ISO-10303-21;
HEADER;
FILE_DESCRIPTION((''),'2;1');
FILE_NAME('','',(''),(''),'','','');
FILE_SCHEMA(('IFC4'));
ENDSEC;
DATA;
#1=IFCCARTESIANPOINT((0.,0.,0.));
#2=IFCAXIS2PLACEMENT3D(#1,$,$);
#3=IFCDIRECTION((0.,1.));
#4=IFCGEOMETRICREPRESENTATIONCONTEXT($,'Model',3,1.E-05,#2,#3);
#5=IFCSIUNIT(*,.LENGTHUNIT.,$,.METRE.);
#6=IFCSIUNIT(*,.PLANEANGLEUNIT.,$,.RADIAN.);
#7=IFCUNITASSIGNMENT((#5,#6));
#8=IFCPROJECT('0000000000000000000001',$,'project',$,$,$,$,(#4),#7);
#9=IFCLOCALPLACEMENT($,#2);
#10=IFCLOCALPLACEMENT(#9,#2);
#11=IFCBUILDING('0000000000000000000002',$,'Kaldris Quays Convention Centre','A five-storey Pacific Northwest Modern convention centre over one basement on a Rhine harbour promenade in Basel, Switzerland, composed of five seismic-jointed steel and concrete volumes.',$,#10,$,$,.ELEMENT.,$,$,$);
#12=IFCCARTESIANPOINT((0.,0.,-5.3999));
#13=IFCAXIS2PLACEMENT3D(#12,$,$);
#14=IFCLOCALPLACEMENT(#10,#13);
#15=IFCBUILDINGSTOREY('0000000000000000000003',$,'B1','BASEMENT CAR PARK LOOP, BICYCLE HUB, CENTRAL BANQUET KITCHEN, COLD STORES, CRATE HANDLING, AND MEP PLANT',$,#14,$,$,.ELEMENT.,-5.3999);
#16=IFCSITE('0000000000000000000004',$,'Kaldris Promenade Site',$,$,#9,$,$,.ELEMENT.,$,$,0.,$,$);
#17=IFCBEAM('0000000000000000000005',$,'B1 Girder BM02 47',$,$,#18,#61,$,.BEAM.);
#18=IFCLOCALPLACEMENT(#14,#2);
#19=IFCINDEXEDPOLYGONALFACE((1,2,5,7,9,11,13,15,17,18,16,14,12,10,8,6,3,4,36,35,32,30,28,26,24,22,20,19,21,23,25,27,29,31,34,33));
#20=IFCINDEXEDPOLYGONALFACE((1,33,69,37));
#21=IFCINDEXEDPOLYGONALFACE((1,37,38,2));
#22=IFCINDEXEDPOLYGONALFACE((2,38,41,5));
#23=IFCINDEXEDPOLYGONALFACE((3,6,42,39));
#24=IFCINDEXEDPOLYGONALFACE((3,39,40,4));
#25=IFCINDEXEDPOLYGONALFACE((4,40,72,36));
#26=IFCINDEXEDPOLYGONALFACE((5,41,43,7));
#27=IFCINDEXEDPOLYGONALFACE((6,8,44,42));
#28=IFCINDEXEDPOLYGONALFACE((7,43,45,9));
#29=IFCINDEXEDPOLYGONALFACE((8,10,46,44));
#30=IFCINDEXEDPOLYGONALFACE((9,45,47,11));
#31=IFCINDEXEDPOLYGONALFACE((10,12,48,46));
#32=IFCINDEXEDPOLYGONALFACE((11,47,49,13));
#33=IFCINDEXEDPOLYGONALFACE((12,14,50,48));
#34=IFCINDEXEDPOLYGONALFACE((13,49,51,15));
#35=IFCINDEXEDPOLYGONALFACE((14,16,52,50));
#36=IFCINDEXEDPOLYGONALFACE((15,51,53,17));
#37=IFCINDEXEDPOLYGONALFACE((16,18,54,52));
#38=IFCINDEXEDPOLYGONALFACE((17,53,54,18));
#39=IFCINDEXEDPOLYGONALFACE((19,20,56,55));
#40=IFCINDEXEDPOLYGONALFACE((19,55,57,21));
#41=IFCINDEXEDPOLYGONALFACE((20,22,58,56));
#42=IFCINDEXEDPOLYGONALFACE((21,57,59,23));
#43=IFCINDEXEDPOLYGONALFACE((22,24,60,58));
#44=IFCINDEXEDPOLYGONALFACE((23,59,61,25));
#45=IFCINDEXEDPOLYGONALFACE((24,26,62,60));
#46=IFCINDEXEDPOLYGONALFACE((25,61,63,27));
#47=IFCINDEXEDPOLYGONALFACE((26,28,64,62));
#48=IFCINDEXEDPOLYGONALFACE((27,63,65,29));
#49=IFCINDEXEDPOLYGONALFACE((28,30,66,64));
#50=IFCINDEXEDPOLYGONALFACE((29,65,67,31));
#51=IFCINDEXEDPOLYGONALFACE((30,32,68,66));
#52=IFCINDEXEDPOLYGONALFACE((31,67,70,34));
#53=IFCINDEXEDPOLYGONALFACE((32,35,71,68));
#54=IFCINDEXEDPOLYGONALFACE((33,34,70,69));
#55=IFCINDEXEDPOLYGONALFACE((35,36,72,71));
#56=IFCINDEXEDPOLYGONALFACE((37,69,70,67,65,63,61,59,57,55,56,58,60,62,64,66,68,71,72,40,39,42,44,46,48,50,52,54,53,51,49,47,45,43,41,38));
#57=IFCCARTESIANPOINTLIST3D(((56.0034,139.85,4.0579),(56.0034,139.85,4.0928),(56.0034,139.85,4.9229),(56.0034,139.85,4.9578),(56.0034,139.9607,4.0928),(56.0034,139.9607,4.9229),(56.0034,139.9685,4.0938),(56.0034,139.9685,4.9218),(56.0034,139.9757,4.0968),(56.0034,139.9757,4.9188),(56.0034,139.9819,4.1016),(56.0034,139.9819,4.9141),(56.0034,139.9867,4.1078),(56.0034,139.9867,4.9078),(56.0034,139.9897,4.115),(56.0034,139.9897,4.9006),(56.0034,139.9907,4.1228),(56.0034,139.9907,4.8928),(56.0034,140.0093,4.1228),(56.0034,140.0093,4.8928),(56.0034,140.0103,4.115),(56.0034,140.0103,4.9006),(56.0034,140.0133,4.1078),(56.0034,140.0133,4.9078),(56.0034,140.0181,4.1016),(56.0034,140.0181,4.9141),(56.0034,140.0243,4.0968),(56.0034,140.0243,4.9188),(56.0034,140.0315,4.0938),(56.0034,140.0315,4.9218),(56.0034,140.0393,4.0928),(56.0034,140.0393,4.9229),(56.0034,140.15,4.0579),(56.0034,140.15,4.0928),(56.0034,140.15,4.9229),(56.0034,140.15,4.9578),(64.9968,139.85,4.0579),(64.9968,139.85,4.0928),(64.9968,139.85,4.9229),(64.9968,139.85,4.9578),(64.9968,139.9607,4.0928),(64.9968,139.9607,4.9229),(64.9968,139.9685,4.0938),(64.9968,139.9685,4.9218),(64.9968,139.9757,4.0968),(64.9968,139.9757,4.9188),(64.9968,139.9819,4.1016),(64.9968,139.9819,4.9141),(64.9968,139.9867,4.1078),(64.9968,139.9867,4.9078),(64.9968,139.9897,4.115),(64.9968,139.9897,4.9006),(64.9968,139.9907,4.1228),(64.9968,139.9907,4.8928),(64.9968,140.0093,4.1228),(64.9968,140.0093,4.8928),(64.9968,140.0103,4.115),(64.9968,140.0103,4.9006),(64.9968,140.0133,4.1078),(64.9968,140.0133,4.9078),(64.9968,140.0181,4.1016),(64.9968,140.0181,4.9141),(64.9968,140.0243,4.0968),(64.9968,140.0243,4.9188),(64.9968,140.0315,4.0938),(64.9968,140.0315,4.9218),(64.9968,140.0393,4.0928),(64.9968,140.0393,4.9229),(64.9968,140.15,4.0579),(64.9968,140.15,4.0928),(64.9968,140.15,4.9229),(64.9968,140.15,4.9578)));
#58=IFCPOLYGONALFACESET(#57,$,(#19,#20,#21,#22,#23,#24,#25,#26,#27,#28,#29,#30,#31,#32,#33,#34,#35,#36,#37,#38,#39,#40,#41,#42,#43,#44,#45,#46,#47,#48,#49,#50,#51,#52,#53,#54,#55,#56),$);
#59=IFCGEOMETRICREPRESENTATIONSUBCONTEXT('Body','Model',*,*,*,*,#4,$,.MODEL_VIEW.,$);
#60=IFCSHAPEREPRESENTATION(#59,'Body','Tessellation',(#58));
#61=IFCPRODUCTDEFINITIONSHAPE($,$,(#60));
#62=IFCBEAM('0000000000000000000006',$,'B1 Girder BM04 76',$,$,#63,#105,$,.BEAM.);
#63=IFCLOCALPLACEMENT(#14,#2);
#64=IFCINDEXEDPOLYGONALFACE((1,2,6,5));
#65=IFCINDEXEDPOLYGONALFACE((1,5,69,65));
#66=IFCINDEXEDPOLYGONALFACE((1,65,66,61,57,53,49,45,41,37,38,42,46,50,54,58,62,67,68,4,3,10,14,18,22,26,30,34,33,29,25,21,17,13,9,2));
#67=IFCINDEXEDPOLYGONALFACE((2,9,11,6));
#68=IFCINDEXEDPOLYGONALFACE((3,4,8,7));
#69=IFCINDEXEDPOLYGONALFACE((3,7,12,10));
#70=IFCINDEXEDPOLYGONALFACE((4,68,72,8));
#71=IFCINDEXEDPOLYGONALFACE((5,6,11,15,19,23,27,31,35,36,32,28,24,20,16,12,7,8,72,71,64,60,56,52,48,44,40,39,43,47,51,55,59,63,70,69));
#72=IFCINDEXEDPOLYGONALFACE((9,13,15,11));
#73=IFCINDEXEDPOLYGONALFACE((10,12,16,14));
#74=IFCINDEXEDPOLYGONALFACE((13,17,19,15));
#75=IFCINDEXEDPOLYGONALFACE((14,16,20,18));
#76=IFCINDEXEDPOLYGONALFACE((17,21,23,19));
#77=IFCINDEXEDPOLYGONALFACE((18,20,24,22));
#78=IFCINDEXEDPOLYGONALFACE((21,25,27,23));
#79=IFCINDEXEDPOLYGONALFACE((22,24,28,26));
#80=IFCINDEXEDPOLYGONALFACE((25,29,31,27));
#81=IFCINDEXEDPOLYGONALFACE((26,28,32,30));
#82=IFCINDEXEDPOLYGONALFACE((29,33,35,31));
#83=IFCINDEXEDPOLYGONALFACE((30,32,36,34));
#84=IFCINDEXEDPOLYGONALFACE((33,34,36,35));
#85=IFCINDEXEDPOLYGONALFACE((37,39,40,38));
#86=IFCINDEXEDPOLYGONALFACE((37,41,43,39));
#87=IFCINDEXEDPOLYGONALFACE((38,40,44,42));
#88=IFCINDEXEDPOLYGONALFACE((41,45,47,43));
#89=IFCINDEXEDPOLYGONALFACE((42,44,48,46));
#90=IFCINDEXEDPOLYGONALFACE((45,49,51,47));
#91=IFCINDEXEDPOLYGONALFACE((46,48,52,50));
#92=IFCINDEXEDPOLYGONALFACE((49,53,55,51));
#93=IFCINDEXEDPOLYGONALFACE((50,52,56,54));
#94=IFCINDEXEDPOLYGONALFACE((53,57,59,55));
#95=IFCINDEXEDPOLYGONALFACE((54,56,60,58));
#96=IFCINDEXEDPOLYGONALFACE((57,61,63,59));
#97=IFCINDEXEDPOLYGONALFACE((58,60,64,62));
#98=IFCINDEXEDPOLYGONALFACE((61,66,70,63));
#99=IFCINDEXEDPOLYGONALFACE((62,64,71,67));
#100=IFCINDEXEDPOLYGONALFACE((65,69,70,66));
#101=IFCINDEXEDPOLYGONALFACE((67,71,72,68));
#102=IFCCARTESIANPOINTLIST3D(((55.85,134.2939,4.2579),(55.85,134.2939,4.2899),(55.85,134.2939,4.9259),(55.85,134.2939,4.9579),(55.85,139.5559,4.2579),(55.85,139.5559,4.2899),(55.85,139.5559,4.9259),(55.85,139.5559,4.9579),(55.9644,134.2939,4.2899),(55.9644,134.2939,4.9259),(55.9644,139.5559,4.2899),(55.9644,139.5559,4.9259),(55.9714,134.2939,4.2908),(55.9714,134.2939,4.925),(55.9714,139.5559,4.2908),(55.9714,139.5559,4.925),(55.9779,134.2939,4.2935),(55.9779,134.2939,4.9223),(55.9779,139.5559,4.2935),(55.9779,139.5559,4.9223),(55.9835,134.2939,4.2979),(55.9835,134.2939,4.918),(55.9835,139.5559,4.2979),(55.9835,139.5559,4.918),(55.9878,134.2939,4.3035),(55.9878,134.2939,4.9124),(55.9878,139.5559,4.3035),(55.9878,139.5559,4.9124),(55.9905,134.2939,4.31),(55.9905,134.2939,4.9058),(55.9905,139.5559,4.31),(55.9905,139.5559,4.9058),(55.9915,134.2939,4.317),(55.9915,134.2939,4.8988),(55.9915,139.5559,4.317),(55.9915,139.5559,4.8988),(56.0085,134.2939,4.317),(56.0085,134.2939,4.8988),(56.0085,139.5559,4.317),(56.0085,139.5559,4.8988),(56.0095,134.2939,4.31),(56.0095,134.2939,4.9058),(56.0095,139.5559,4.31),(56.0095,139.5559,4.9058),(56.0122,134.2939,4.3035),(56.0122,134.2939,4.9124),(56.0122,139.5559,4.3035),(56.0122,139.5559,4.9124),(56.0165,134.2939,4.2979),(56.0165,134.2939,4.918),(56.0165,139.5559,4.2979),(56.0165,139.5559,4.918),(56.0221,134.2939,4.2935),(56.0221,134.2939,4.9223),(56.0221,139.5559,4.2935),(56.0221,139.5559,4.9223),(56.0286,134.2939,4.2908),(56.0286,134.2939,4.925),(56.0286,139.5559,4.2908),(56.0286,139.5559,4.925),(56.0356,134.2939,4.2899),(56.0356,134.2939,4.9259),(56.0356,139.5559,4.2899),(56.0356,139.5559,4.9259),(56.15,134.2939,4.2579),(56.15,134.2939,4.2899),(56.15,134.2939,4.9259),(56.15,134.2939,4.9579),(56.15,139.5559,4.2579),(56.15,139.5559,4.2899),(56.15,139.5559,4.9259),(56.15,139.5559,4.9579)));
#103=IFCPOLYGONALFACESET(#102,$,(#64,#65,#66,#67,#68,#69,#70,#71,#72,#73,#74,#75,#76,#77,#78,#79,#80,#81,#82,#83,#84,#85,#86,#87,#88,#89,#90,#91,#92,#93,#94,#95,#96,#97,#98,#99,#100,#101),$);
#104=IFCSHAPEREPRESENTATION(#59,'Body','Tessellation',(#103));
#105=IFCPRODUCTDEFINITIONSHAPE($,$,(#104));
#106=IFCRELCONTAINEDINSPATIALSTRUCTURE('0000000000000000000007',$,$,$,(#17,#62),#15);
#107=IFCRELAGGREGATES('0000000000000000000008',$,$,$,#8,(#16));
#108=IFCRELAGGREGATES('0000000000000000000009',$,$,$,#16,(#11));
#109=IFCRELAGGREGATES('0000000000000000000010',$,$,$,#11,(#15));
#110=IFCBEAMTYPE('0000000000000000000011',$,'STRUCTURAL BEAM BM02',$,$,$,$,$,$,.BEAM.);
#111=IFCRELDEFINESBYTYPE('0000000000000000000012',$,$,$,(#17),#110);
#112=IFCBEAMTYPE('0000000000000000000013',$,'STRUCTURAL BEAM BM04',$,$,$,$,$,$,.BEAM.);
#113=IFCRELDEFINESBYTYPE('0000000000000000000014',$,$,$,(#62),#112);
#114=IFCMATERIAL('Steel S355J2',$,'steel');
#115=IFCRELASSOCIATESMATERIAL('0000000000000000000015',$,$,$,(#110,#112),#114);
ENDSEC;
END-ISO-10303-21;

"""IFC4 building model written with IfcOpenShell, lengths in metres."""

from ifc_helpers import new_model, si_unit, direction, frame, origin, origin_2d, place, context, subcontext, project, spatial, i_section, extrude, material, material_profile, profile_set, type_object, element, save


model = new_model("IFC4")

# Units and contexts
model_context = context("Model", 3, precision=1e-05, world=origin(), true_north=direction((0.0, 1.0)))
body_context = subcontext(model_context, "Body", "Model", "MODEL_VIEW")
ifc_project = project(units=[si_unit("LENGTHUNIT", "METRE"), si_unit("PLANEANGLEUNIT", "RADIAN")], contexts=[model_context])

# Site, building, storey
site_placement = place(None, origin())
site = spatial("IfcSite", under=ifc_project, at=site_placement, Name="Kaldris Promenade Site", CompositionType="ELEMENT", RefElevation=0.0)
building_placement = place(site_placement, origin())
building = spatial("IfcBuilding", under=site, at=building_placement, Name="Kaldris Quays Convention Centre", Description="A five-storey Pacific Northwest Modern convention centre over one basement on a Rhine harbour promenade in Basel, Switzerland, composed of five seismic-jointed steel and concrete volumes.", CompositionType="ELEMENT")
storey_placement = place(building_placement, frame((0.0, 0.0, -5.3999)))
storey = spatial("IfcBuildingStorey", under=building, at=storey_placement, Name="B1", Description="BASEMENT CAR PARK LOOP, BICYCLE HUB, CENTRAL BANQUET KITCHEN, COLD STORES, CRATE HANDLING, AND MEP PLANT", CompositionType="ELEMENT", Elevation=-5.3999)

# Shared definitions
ifc_material_1 = material(Name="Steel S355J2", Category="steel")

# Beams
ifc_material_profile_1 = material_profile(ifc_material_1, i_section(OverallWidth=0.3, OverallDepth=0.8999, WebThickness=0.0186, FlangeThickness=0.0349, FilletRadius=0.03, at=origin_2d()), Name="HEB 900")
ifc_profile_set_1 = profile_set([ifc_material_profile_1], Name="Steel S355J2")
beam_type_1 = type_object("IfcBeamType", Name="STRUCTURAL BEAM BM02", PredefinedType="BEAM", material=ifc_profile_set_1)
beam_1_placement = place(storey_placement, frame((56.0034, 140.0, 4.5078), z_axis=(1.0, 0.0, 0.0), x_axis=(0.0, 1.0, 0.0)))
element("IfcBeam", 1, at=beam_1_placement, inside=storey, type_object=beam_type_1, Name="B1 Girder BM02 47", PredefinedType="BEAM", context=body_context, shape_type="SweptSolid", body=[
    extrude(i_section(OverallWidth=0.3, OverallDepth=0.8999, WebThickness=0.0186, FlangeThickness=0.0349, FilletRadius=0.03, at=origin_2d()), origin(), (0.0, 0.0, 1.0), 8.9934),
])
ifc_material_profile_2 = material_profile(ifc_material_1, i_section(OverallWidth=0.3, OverallDepth=0.7, WebThickness=0.0171, FlangeThickness=0.032, FilletRadius=0.0271, at=origin_2d()), Name="HEB 700")
ifc_profile_set_2 = profile_set([ifc_material_profile_2], Name="Steel S355J2")
beam_type_2 = type_object("IfcBeamType", Name="STRUCTURAL BEAM BM04", PredefinedType="BEAM", material=ifc_profile_set_2)
beam_2_placement = place(storey_placement, frame((56.0, 134.2939, 4.6079), z_axis=(0.0, 1.0, 0.0), x_axis=(-1.0, 0.0, 0.0)))
element("IfcBeam", 2, at=beam_2_placement, inside=storey, type_object=beam_type_2, Name="B1 Girder BM04 76", PredefinedType="BEAM", context=body_context, shape_type="SweptSolid", body=[
    extrude(i_section(OverallWidth=0.3, OverallDepth=0.7, WebThickness=0.0171, FlangeThickness=0.032, FilletRadius=0.0271, at=origin_2d()), origin(), (0.0, 0.0, 1.0), 5.262),
])

save(model, "model.ifc")
